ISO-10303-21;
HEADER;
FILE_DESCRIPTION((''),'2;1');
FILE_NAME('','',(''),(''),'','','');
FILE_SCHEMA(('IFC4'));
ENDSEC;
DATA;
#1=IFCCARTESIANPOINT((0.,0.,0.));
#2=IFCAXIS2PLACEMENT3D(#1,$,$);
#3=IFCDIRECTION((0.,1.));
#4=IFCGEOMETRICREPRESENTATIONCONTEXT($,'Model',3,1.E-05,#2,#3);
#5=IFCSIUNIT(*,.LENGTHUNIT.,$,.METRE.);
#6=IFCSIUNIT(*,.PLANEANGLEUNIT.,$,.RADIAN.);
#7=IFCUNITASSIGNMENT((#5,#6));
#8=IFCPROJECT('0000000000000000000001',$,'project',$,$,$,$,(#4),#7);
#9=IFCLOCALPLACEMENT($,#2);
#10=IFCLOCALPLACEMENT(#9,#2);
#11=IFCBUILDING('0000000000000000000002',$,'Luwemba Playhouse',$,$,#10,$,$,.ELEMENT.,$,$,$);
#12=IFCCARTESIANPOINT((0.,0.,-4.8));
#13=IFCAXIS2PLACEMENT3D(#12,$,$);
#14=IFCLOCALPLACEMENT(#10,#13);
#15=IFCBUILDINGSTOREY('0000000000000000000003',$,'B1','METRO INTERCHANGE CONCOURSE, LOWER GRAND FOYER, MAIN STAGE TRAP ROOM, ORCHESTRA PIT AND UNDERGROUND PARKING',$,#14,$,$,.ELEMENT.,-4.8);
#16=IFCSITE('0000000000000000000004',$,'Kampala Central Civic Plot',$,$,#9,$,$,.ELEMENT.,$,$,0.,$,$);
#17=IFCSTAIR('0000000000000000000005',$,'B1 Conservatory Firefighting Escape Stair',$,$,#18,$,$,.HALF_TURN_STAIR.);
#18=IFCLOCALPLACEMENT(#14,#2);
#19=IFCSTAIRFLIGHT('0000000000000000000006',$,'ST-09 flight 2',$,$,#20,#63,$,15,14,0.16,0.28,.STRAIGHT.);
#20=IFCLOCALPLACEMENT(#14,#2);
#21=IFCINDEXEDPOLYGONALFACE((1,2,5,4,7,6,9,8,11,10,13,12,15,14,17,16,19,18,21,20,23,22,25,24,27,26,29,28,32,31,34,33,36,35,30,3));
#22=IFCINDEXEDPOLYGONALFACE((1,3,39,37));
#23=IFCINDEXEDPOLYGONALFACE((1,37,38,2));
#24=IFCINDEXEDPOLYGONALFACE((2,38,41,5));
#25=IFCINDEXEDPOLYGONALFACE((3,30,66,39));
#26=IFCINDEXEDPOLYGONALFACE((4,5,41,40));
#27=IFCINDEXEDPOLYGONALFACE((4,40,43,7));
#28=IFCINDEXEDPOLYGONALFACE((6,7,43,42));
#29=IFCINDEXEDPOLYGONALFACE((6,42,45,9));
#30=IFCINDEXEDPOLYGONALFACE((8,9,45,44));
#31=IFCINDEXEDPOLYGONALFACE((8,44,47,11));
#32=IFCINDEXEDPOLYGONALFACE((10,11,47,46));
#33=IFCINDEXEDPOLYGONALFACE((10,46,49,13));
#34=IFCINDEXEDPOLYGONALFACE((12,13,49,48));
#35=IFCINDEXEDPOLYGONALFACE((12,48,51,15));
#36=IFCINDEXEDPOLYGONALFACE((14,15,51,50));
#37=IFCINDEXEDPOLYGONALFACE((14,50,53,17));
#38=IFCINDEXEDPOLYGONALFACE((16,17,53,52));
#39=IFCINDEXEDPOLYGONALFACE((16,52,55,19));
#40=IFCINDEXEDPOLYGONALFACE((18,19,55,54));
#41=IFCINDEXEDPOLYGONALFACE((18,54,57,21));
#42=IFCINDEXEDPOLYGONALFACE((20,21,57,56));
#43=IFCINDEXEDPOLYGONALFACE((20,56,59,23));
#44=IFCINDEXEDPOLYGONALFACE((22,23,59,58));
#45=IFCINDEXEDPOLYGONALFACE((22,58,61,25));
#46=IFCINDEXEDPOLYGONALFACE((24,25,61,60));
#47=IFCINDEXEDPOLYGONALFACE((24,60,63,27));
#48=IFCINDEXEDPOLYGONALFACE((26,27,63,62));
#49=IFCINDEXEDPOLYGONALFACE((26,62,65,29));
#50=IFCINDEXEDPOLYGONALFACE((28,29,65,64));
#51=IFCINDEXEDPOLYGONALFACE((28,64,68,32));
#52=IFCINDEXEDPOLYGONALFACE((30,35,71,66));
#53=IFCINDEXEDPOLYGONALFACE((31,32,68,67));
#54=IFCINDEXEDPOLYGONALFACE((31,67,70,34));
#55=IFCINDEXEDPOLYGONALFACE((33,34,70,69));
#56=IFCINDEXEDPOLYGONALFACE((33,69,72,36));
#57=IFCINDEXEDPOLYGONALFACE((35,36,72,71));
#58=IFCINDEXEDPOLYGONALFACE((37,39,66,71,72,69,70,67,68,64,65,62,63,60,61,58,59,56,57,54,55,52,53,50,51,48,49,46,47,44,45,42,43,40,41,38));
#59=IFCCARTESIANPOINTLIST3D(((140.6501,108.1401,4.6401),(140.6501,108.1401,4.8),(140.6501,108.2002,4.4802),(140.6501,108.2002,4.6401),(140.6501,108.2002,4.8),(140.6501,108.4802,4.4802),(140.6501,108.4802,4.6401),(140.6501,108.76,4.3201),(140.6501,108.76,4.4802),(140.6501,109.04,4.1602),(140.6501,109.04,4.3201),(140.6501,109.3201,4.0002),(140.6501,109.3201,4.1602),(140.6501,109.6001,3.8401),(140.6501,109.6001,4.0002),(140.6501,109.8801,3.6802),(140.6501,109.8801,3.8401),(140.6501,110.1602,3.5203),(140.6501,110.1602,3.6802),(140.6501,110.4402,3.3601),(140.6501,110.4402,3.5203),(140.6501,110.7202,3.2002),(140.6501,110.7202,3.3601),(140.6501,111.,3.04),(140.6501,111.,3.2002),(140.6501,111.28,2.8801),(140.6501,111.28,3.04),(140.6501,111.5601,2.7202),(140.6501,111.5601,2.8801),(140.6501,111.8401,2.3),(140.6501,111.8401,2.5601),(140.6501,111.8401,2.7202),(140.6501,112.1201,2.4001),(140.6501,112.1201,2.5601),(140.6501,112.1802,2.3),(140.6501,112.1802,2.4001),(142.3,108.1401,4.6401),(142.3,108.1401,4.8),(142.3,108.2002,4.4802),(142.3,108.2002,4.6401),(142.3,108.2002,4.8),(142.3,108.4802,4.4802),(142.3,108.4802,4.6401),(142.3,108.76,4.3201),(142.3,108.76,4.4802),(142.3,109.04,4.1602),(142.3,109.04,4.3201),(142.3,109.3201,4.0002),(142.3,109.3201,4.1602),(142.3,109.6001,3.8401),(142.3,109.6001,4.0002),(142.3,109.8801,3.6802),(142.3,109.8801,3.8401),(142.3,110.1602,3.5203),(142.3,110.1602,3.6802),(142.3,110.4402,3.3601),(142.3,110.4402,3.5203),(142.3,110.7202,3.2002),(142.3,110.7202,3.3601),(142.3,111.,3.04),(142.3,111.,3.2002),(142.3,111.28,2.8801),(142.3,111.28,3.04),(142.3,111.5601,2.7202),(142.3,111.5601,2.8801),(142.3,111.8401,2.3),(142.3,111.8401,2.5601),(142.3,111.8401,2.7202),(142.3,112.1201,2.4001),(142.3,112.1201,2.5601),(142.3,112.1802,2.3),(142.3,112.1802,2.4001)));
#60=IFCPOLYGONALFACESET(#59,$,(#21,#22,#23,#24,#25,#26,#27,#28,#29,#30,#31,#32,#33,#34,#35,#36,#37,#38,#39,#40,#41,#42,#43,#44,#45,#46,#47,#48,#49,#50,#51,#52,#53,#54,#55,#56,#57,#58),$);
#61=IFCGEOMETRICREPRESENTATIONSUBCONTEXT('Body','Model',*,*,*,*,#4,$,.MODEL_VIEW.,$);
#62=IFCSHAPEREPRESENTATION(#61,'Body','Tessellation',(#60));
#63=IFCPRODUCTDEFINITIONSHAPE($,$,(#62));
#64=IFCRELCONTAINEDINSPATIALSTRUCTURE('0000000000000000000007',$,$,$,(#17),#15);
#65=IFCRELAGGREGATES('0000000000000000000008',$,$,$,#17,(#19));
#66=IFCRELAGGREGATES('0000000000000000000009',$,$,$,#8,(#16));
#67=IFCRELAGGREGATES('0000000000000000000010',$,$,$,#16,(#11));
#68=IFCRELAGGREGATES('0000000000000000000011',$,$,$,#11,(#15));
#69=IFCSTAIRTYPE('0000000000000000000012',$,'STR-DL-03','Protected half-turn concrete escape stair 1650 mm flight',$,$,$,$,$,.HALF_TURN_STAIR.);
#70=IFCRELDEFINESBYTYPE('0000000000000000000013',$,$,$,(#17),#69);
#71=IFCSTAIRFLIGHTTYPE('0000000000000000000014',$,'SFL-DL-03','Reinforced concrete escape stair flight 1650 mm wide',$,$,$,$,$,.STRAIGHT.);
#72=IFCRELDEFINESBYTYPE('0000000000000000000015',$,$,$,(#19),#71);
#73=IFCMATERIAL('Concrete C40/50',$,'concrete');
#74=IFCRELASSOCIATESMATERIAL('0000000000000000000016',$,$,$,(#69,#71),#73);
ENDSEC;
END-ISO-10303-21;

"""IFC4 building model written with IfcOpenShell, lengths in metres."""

from ifc_helpers import new_model, si_unit, direction, frame, origin, place, context, subcontext, project, spatial, polyline, outline, extrude, material, type_object, element, aggregate, save


model = new_model("IFC4")

# Units and contexts
model_context = context("Model", 3, precision=1e-05, world=origin(), true_north=direction((0.0, 1.0)))
body_context = subcontext(model_context, "Body", "Model", "MODEL_VIEW")
ifc_project = project(units=[si_unit("LENGTHUNIT", "METRE"), si_unit("PLANEANGLEUNIT", "RADIAN")], contexts=[model_context])

# Site, building, storey
site_placement = place(None, origin())
site = spatial("IfcSite", under=ifc_project, at=site_placement, Name="Kampala Central Civic Plot", CompositionType="ELEMENT", RefElevation=0.0)
building_placement = place(site_placement, origin())
building = spatial("IfcBuilding", under=site, at=building_placement, Name="Luwemba Playhouse", CompositionType="ELEMENT")
storey_placement = place(building_placement, frame((0.0, 0.0, -4.8)))
storey = spatial("IfcBuildingStorey", under=building, at=storey_placement, Name="B1", Description="METRO INTERCHANGE CONCOURSE, LOWER GRAND FOYER, MAIN STAGE TRAP ROOM, ORCHESTRA PIT AND UNDERGROUND PARKING", CompositionType="ELEMENT", Elevation=-4.8)

# Shared definitions
ifc_material_1 = material(Name="Concrete C40/50", Category="concrete")

# Stair, stair flight
stair_type = type_object("IfcStairType", Name="STR-DL-03", Description="Protected half-turn concrete escape stair 1650 mm flight", PredefinedType="HALF_TURN_STAIR", material=ifc_material_1)
stair_placement = place(storey_placement, origin())
stair = element("IfcStair", 1, at=stair_placement, inside=storey, type_object=stair_type, Name="B1 Conservatory Firefighting Escape Stair", PredefinedType="HALF_TURN_STAIR")
stair_flight_type = type_object("IfcStairFlightType", Name="SFL-DL-03", Description="Reinforced concrete escape stair flight 1650 mm wide", PredefinedType="STRAIGHT", material=ifc_material_1)
stair_flight_1_placement = place(storey_placement, frame((141.4751, 112.1201, 2.4001), z_axis=(0.0, 0.0, 1.0), x_axis=(0.0, -1.0, 0.0)))
stair_flight_1 = element("IfcStairFlight", 2, at=stair_flight_1_placement, type_object=stair_flight_type, Name="ST-09 flight 2", NumberOfRisers=15, NumberOfTreads=14, PredefinedType="STRAIGHT", RiserHeight=0.16, TreadLength=0.28, context=body_context, shape_type="SweptSolid", body=[
    extrude(outline(polyline([(-0.0601, -0.1001), (-0.0601, 0.0), (0.0, 0.0), (0.0, 0.1599), (0.28, 0.1599), (0.28, 0.3201), (0.5601, 0.3201), (0.5601, 0.48), (0.8401, 0.48), (0.8401, 0.6399), (1.1201, 0.6399), (1.1201, 0.8), (1.3999, 0.8), (1.3999, 0.96), (1.6799, 0.96), (1.6799, 1.1201), (1.96, 1.1201), (1.96, 1.28), (2.24, 1.28), (2.24, 1.4399), (2.52, 1.4399), (2.52, 1.6001), (2.8, 1.6001), (2.8, 1.76), (3.0801, 1.76), (3.0801, 1.9199), (3.3601, 1.9199), (3.3601, 2.0801), (3.6399, 2.0801), (3.6399, 2.24), (3.9199, 2.24), (3.9199, 2.3999), (3.98, 2.3999), (3.98, 2.24), (3.9199, 2.0801), (0.28, -0.1001), (-0.0601, -0.1001)])), frame((0.0, 0.825, 0.0), z_axis=(0.0, -1.0, 0.0), x_axis=(1.0, 0.0, 0.0)), (0.0, 0.0, 1.0), 1.6499),
])
aggregate(stair, [stair_flight_1])

save(model, "model.ifc")
